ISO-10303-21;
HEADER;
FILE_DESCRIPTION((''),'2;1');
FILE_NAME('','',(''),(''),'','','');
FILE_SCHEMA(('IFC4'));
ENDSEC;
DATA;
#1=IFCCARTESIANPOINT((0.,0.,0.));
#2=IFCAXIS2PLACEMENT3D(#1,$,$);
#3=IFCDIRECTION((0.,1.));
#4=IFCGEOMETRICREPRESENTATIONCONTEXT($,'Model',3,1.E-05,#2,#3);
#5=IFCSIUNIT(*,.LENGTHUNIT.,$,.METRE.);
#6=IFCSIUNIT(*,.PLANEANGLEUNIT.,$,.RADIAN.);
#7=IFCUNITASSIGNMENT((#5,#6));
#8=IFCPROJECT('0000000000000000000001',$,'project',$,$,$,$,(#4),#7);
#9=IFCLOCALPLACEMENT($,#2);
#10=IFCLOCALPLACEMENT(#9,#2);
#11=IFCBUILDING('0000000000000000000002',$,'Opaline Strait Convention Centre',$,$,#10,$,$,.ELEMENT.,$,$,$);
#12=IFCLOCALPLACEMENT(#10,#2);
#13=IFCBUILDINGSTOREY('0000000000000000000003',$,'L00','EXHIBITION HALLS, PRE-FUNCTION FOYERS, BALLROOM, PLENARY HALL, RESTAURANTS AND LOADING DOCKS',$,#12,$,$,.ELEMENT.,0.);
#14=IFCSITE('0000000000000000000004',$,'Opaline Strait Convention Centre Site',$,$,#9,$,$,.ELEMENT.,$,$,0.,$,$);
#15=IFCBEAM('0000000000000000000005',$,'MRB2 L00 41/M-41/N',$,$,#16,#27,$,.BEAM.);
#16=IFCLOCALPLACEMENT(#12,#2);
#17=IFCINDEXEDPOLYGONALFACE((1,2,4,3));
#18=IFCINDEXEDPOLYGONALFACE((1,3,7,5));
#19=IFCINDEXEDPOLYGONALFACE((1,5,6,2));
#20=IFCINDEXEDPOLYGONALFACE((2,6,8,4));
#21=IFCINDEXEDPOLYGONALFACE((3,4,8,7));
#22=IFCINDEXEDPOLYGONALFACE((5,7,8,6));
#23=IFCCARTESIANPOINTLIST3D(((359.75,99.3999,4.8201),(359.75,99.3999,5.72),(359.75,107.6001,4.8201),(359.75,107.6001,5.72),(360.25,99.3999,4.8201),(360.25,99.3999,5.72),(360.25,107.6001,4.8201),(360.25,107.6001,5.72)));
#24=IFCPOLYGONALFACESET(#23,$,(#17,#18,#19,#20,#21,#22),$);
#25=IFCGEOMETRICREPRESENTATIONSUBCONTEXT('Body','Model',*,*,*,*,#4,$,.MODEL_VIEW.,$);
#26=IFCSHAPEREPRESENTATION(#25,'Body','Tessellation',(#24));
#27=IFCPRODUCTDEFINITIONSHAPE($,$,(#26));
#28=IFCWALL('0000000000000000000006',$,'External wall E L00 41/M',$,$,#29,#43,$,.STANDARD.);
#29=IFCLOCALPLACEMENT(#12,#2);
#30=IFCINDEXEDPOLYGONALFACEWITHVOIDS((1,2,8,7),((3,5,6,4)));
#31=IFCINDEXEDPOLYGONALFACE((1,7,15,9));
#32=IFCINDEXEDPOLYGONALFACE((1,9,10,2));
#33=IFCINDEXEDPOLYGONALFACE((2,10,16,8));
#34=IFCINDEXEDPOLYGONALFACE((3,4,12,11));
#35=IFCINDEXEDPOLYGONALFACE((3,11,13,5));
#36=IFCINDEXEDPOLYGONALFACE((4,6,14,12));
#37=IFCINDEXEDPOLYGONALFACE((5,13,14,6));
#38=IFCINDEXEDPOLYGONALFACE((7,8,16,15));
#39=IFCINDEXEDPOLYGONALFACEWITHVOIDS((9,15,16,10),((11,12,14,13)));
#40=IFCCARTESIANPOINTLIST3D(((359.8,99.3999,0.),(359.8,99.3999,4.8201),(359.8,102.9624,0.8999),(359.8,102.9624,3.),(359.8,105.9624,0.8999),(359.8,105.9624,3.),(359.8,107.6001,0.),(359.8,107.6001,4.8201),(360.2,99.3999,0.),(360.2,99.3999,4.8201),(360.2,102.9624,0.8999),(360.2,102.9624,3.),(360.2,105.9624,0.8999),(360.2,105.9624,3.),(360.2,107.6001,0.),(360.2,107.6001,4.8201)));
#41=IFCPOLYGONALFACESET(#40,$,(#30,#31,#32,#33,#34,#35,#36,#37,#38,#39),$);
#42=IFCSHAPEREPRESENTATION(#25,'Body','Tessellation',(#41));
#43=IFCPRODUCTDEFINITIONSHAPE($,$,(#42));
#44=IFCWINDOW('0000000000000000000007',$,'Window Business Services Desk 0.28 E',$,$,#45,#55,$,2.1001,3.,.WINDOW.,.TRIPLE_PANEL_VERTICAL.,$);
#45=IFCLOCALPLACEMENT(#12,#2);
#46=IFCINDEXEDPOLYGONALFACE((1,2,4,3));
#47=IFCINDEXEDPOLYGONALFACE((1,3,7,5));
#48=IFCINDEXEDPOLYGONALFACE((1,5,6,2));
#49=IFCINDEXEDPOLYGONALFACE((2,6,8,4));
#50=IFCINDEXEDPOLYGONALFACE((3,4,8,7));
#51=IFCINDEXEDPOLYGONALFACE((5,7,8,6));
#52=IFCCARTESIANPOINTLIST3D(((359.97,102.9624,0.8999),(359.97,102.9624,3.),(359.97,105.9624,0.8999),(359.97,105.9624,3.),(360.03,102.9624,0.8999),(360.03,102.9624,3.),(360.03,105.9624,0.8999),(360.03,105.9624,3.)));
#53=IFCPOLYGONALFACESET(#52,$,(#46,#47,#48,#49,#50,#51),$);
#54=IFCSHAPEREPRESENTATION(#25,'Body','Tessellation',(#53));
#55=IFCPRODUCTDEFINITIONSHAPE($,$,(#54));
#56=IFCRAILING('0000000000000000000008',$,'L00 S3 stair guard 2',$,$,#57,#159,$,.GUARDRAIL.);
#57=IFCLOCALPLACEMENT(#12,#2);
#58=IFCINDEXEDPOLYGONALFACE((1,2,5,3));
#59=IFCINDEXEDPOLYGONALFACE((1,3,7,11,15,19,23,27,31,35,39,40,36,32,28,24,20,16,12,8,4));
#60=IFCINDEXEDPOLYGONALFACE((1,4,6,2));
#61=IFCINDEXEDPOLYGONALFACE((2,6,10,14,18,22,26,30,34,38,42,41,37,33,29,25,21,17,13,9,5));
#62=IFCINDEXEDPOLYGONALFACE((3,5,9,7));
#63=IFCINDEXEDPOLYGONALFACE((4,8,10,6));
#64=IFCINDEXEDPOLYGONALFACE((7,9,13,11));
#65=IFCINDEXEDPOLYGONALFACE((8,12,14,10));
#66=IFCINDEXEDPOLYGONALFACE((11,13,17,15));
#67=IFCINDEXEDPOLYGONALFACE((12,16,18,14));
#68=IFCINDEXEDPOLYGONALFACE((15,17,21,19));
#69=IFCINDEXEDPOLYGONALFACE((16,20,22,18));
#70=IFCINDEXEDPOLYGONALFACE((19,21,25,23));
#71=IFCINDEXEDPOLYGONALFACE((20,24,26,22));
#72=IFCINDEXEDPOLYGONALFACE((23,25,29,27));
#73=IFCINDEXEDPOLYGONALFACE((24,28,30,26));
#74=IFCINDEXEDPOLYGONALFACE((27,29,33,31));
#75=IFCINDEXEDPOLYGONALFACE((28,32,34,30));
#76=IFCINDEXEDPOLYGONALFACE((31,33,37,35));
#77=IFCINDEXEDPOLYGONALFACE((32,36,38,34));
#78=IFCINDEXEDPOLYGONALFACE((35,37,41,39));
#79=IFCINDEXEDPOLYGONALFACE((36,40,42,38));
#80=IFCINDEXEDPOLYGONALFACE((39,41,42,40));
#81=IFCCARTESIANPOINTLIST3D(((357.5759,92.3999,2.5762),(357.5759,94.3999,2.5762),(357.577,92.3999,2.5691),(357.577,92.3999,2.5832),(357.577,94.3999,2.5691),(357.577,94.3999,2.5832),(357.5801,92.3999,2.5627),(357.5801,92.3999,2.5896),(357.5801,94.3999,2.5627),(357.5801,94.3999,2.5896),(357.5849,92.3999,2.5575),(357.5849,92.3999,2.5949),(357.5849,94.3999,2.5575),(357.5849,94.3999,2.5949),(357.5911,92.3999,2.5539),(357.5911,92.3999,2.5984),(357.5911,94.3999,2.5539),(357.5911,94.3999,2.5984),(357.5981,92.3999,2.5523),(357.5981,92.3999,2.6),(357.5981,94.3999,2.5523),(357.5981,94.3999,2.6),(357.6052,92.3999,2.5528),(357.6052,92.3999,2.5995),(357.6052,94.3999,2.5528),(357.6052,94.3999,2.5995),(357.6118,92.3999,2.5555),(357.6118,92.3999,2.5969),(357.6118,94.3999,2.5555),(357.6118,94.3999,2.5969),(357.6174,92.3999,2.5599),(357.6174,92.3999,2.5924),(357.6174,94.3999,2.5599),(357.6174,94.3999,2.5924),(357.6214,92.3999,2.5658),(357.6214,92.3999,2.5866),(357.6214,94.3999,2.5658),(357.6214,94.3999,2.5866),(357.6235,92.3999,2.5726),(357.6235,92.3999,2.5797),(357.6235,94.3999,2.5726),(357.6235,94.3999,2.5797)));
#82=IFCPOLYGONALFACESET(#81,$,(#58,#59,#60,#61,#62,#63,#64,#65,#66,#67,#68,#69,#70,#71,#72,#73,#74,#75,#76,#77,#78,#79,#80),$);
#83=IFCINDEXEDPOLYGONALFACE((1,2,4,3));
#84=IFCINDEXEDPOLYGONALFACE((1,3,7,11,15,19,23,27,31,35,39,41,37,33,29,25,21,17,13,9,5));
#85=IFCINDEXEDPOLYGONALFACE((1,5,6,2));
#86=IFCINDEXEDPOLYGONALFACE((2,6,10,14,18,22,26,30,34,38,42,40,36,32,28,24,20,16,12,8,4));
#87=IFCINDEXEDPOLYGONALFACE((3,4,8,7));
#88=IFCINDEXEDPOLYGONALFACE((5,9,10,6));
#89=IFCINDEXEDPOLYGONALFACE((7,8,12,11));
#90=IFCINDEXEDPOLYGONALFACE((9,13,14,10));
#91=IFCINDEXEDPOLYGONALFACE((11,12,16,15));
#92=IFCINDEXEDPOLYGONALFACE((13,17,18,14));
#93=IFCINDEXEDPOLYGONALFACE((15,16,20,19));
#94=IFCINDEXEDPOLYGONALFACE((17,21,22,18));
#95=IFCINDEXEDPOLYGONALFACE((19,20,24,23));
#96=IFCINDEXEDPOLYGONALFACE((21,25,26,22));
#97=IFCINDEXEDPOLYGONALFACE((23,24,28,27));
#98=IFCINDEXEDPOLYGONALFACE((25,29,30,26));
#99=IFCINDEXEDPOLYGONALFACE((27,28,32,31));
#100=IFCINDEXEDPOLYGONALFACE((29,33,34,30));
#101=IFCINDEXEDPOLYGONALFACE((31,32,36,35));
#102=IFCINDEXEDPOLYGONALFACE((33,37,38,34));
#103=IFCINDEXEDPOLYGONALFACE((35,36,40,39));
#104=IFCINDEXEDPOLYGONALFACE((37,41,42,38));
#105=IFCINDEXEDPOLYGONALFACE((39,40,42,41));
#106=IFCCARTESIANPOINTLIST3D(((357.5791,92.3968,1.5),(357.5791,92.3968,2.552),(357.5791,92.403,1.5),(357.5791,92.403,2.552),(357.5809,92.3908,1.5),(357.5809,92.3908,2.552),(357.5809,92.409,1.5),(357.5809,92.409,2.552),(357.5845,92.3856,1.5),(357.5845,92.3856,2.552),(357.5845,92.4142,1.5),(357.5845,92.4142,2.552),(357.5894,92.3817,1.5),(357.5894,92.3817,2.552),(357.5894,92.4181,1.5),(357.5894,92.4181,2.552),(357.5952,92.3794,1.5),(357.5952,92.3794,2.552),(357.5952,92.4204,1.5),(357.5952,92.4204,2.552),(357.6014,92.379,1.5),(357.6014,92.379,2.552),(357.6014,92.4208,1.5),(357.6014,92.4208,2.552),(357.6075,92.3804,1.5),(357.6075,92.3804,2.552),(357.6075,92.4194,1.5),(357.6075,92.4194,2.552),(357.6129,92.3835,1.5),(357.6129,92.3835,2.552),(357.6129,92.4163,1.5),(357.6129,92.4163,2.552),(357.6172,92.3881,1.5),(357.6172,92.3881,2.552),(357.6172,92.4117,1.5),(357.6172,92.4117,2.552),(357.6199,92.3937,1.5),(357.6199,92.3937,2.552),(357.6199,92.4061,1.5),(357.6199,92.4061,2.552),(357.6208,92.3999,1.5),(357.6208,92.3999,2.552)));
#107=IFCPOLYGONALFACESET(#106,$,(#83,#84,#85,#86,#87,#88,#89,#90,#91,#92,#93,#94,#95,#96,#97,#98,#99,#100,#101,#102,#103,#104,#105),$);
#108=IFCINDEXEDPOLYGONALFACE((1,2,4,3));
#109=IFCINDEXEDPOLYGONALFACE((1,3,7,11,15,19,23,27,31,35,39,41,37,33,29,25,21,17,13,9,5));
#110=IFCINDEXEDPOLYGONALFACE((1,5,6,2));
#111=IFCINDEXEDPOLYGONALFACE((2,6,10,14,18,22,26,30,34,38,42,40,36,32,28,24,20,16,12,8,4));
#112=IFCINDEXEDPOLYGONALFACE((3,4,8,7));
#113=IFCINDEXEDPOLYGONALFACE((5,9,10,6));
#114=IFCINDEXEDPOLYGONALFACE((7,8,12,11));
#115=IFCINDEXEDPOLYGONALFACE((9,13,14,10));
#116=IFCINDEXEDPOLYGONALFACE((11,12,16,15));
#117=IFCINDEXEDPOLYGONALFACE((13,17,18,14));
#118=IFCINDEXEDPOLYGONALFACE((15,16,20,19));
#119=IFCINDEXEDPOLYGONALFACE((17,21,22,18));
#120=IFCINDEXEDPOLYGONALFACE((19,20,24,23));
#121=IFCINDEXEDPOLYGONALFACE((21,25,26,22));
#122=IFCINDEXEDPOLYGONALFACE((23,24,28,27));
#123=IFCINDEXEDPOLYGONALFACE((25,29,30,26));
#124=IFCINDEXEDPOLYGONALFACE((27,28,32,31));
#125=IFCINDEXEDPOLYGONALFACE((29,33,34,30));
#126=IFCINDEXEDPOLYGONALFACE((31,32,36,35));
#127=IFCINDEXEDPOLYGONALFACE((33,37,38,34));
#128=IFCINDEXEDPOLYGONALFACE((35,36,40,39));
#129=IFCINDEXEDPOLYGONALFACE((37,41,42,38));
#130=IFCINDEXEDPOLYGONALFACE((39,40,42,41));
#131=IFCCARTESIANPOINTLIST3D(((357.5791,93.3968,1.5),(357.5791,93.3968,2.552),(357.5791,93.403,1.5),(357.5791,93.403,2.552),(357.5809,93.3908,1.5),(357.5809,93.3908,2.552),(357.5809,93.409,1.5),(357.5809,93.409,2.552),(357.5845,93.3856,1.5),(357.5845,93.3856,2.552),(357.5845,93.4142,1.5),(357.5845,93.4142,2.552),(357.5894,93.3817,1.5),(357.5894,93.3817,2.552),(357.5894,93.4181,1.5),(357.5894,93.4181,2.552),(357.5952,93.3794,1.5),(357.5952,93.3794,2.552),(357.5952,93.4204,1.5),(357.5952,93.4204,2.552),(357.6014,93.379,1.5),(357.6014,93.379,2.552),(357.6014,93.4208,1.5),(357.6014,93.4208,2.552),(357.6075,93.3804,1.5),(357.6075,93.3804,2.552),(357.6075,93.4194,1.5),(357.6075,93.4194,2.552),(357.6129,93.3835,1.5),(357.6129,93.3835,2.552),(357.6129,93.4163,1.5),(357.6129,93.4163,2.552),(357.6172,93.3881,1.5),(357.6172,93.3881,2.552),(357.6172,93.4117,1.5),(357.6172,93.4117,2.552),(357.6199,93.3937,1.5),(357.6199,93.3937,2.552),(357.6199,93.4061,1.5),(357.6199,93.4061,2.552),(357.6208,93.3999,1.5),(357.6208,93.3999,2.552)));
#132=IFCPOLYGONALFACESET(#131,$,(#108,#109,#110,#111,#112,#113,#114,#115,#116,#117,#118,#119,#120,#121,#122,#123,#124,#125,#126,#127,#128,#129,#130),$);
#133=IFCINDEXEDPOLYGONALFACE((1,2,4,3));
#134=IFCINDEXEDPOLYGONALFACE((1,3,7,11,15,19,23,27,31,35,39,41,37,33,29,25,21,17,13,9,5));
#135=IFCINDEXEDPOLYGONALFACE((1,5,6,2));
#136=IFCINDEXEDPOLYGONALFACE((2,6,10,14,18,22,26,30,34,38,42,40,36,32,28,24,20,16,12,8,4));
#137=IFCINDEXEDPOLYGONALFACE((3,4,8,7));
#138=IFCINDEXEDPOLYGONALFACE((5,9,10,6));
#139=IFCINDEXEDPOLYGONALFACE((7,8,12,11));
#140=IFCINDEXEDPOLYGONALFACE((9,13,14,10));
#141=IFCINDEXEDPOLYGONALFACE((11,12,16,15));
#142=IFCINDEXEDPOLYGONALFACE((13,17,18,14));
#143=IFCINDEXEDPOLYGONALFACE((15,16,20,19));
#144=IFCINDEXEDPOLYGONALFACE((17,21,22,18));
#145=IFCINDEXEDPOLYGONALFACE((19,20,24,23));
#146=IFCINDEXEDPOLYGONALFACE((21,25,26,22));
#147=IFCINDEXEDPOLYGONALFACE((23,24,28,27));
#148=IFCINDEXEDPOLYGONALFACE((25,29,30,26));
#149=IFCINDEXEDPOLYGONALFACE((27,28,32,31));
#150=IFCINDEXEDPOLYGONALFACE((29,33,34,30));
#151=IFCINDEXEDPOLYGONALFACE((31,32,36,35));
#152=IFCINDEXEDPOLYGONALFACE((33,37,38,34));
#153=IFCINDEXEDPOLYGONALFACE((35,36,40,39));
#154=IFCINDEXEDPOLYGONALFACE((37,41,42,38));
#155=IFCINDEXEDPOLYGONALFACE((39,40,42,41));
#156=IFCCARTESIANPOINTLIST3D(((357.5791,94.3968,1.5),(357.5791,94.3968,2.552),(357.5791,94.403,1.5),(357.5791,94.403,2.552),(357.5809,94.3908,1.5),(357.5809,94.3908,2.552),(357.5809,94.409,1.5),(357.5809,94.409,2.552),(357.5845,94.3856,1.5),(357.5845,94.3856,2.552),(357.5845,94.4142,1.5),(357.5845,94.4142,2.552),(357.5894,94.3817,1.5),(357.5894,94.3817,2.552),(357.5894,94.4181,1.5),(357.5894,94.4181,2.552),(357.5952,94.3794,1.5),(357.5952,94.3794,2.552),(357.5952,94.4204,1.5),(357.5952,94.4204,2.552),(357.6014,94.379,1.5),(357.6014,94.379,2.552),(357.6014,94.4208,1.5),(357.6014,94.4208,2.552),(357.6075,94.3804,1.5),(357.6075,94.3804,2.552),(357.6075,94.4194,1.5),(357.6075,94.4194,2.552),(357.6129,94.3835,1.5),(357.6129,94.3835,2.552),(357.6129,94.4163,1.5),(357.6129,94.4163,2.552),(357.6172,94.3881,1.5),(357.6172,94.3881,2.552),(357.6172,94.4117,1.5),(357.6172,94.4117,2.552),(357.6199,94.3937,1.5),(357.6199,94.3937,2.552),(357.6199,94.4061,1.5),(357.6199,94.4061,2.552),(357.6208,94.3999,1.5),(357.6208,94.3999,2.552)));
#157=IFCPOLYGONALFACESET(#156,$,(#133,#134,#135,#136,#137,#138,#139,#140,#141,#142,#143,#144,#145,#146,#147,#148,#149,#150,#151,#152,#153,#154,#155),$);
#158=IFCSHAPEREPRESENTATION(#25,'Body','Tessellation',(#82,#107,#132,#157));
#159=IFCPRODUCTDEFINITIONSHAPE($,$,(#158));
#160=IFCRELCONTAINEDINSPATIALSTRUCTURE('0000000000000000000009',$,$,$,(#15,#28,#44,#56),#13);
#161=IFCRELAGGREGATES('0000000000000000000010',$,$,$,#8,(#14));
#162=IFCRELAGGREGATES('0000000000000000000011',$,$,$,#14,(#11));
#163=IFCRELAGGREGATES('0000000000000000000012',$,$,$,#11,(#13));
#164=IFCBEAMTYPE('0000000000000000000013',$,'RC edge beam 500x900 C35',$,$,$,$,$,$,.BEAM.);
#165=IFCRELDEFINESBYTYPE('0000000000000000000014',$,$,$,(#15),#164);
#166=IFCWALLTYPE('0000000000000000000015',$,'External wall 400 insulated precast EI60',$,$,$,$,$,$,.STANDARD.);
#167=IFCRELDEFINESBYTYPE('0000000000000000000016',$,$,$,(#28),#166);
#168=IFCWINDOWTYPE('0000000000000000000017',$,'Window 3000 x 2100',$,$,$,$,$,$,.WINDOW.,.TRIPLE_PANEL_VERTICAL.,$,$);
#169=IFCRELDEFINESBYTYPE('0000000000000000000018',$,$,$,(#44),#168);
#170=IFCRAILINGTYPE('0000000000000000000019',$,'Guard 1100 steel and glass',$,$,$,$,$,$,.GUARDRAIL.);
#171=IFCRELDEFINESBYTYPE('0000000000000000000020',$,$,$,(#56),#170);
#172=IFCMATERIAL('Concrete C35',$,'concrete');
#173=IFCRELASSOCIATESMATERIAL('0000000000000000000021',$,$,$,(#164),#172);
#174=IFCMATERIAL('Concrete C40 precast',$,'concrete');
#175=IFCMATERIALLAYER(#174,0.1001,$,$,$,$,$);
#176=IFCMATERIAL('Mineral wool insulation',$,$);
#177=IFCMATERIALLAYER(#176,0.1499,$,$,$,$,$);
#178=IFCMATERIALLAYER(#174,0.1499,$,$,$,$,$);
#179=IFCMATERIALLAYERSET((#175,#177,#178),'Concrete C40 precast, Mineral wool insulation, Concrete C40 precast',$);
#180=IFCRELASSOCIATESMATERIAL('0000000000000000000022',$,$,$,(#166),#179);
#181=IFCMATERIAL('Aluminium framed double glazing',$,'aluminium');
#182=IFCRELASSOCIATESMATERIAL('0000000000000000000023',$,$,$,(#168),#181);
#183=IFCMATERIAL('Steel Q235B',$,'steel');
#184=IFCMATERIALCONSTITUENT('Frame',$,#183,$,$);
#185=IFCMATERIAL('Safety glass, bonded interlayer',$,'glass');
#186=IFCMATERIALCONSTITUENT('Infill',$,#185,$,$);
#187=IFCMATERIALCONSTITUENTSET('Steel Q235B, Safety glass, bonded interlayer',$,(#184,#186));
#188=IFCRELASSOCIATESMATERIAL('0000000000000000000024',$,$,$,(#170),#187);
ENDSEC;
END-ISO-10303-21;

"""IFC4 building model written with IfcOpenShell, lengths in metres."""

from ifc_helpers import new_model, si_unit, direction, frame, frame_2d, origin, origin_2d, place, context, subcontext, project, spatial, rectangle, circle, extrude, material, layer, layer_set, constituent, constituent_set, material_profile, profile_set, type_object, element, fill, save


model = new_model("IFC4")

# Units and contexts
model_context = context("Model", 3, precision=1e-05, world=origin(), true_north=direction((0.0, 1.0)))
body_context = subcontext(model_context, "Body", "Model", "MODEL_VIEW")
ifc_project = project(units=[si_unit("LENGTHUNIT", "METRE"), si_unit("PLANEANGLEUNIT", "RADIAN")], contexts=[model_context])

# Site, building, storey
site_placement = place(None, origin())
site = spatial("IfcSite", under=ifc_project, at=site_placement, Name="Opaline Strait Convention Centre Site", CompositionType="ELEMENT", RefElevation=0.0)
building_placement = place(site_placement, origin())
building = spatial("IfcBuilding", under=site, at=building_placement, Name="Opaline Strait Convention Centre", CompositionType="ELEMENT")
storey_placement = place(building_placement, origin())
storey = spatial("IfcBuildingStorey", under=building, at=storey_placement, Name="L00", Description="EXHIBITION HALLS, PRE-FUNCTION FOYERS, BALLROOM, PLENARY HALL, RESTAURANTS AND LOADING DOCKS", CompositionType="ELEMENT", Elevation=0.0)

# Shared definitions
ifc_material_1 = material(Name="Concrete C35", Category="concrete")

# Beam
ifc_material_profile_1 = material_profile(ifc_material_1, rectangle(XDim=0.5, YDim=0.8999, at=origin_2d()), Name="RC 500x900")
ifc_profile_set_1 = profile_set([ifc_material_profile_1], Name="Concrete C35")
beam_type = type_object("IfcBeamType", Name="RC edge beam 500x900 C35", PredefinedType="BEAM", material=ifc_profile_set_1)
beam_placement = place(storey_placement, frame((360.0, 99.3999, 5.27), z_axis=(0.0, 1.0, 0.0), x_axis=(-1.0, 0.0, 0.0)))
element("IfcBeam", 1, at=beam_placement, inside=storey, type_object=beam_type, Name="MRB2 L00 41/M-41/N", PredefinedType="BEAM", context=body_context, shape_type="SweptSolid", body=[
    extrude(rectangle(XDim=0.5, YDim=0.8999, at=origin_2d()), origin(), (0.0, 0.0, 1.0), 8.2002),
])

# Wall, opening, window
ifc_material_2 = material(Name="Concrete C40 precast", Category="concrete")
ifc_layer_1 = layer(ifc_material_2, 0.1001)
ifc_material_3 = material(Name="Mineral wool insulation")
ifc_layer_2 = layer(ifc_material_3, 0.1499)
ifc_layer_3 = layer(ifc_material_2, 0.1499)
ifc_layer_set_1 = layer_set([ifc_layer_1, ifc_layer_2, ifc_layer_3], Name="Concrete C40 precast, Mineral wool insulation, Concrete C40 precast")
wall_type = type_object("IfcWallType", Name="External wall 400 insulated precast EI60", PredefinedType="STANDARD", material=ifc_layer_set_1)
wall_placement = place(storey_placement, frame((360.0, 99.3999, 0.0), z_axis=(0.0, 0.0, 1.0), x_axis=(0.0, 1.0, 0.0)))
wall = element("IfcWall", 2, at=wall_placement, inside=storey, type_object=wall_type, Name="External wall E L00 41/M", PredefinedType="STANDARD", context=body_context, shape_type="SweptSolid", body=[
    extrude(rectangle(XDim=8.2002, YDim=0.3999, at=frame_2d((4.1001, 0.0))), origin(), (0.0, 0.0, 1.0), 4.8201),
])
opening_placement = place(wall_placement, frame((3.5625, 0.0, 0.8999)))
opening = element("IfcOpeningElement", 3, at=opening_placement, cuts=wall, PredefinedType="OPENING", context=body_context, shape_type="SweptSolid", body=[
    extrude(rectangle(XDim=3.0, YDim=2.1001, at=frame_2d((1.5, 1.05))), frame((0.0, 0.21, 0.0), z_axis=(0.0, -1.0, 0.0), x_axis=(1.0, 0.0, 0.0)), (0.0, 0.0, 1.0), 0.4199),
])
ifc_material_4 = material(Name="Aluminium framed double glazing", Category="aluminium")
window_type = type_object("IfcWindowType", Name="Window 3000 x 2100", PartitioningType="TRIPLE_PANEL_VERTICAL", PredefinedType="WINDOW", material=ifc_material_4)
window_placement = place(opening_placement, origin())
window = element("IfcWindow", 4, at=window_placement, inside=storey, type_object=window_type, Name="Window Business Services Desk 0.28 E", OverallHeight=2.1001, OverallWidth=3.0, PartitioningType="TRIPLE_PANEL_VERTICAL", PredefinedType="WINDOW", context=body_context, shape_type="SweptSolid", body=[
    extrude(rectangle(XDim=3.0, YDim=2.1001, at=frame_2d((1.5, 1.05))), frame((0.0, 0.03, 0.0), z_axis=(0.0, -1.0, 0.0), x_axis=(1.0, 0.0, 0.0)), (0.0, 0.0, 1.0), 0.0601),
])
fill(opening, window)

# Railing
ifc_material_5 = material(Name="Steel Q235B", Category="steel")
ifc_constituent_1 = constituent(ifc_material_5, Name="Frame")
ifc_material_6 = material(Name="Safety glass, bonded interlayer", Category="glass")
ifc_constituent_2 = constituent(ifc_material_6, Name="Infill")
ifc_constituent_set = constituent_set(constituents=[ifc_constituent_1, ifc_constituent_2], Name="Steel Q235B, Safety glass, bonded interlayer")
railing_type_1 = type_object("IfcRailingType", Name="Guard 1100 steel and glass", PredefinedType="GUARDRAIL", material=ifc_constituent_set)
for number, where, name in (
    (5, (357.5999, 92.3999, 1.5), "L00 S3 stair guard 2"),
):
    element("IfcRailing", number, at=place(storey_placement, frame(where)), inside=storey, type_object=railing_type_1, Name=name, PredefinedType="GUARDRAIL", context=body_context, shape_type="SweptSolid", body=[
        extrude(circle(Radius=0.0239, at=origin_2d()), frame((0.0, 0.0, 1.0762), z_axis=(0.0, 1.0, 0.0), x_axis=(-1.0, 0.0, 0.0)), (0.0, 0.0, 1.0), 2.0),
        extrude(circle(Radius=0.021, at=origin_2d()), origin(), (0.0, 0.0, 1.0), 1.052),
        extrude(circle(Radius=0.021, at=origin_2d()), frame((0.0, 1.0, 0.0)), (0.0, 0.0, 1.0), 1.052),
        extrude(circle(Radius=0.021, at=origin_2d()), frame((0.0, 2.0, 0.0)), (0.0, 0.0, 1.0), 1.052),
    ])

save(model, "model.ifc")
